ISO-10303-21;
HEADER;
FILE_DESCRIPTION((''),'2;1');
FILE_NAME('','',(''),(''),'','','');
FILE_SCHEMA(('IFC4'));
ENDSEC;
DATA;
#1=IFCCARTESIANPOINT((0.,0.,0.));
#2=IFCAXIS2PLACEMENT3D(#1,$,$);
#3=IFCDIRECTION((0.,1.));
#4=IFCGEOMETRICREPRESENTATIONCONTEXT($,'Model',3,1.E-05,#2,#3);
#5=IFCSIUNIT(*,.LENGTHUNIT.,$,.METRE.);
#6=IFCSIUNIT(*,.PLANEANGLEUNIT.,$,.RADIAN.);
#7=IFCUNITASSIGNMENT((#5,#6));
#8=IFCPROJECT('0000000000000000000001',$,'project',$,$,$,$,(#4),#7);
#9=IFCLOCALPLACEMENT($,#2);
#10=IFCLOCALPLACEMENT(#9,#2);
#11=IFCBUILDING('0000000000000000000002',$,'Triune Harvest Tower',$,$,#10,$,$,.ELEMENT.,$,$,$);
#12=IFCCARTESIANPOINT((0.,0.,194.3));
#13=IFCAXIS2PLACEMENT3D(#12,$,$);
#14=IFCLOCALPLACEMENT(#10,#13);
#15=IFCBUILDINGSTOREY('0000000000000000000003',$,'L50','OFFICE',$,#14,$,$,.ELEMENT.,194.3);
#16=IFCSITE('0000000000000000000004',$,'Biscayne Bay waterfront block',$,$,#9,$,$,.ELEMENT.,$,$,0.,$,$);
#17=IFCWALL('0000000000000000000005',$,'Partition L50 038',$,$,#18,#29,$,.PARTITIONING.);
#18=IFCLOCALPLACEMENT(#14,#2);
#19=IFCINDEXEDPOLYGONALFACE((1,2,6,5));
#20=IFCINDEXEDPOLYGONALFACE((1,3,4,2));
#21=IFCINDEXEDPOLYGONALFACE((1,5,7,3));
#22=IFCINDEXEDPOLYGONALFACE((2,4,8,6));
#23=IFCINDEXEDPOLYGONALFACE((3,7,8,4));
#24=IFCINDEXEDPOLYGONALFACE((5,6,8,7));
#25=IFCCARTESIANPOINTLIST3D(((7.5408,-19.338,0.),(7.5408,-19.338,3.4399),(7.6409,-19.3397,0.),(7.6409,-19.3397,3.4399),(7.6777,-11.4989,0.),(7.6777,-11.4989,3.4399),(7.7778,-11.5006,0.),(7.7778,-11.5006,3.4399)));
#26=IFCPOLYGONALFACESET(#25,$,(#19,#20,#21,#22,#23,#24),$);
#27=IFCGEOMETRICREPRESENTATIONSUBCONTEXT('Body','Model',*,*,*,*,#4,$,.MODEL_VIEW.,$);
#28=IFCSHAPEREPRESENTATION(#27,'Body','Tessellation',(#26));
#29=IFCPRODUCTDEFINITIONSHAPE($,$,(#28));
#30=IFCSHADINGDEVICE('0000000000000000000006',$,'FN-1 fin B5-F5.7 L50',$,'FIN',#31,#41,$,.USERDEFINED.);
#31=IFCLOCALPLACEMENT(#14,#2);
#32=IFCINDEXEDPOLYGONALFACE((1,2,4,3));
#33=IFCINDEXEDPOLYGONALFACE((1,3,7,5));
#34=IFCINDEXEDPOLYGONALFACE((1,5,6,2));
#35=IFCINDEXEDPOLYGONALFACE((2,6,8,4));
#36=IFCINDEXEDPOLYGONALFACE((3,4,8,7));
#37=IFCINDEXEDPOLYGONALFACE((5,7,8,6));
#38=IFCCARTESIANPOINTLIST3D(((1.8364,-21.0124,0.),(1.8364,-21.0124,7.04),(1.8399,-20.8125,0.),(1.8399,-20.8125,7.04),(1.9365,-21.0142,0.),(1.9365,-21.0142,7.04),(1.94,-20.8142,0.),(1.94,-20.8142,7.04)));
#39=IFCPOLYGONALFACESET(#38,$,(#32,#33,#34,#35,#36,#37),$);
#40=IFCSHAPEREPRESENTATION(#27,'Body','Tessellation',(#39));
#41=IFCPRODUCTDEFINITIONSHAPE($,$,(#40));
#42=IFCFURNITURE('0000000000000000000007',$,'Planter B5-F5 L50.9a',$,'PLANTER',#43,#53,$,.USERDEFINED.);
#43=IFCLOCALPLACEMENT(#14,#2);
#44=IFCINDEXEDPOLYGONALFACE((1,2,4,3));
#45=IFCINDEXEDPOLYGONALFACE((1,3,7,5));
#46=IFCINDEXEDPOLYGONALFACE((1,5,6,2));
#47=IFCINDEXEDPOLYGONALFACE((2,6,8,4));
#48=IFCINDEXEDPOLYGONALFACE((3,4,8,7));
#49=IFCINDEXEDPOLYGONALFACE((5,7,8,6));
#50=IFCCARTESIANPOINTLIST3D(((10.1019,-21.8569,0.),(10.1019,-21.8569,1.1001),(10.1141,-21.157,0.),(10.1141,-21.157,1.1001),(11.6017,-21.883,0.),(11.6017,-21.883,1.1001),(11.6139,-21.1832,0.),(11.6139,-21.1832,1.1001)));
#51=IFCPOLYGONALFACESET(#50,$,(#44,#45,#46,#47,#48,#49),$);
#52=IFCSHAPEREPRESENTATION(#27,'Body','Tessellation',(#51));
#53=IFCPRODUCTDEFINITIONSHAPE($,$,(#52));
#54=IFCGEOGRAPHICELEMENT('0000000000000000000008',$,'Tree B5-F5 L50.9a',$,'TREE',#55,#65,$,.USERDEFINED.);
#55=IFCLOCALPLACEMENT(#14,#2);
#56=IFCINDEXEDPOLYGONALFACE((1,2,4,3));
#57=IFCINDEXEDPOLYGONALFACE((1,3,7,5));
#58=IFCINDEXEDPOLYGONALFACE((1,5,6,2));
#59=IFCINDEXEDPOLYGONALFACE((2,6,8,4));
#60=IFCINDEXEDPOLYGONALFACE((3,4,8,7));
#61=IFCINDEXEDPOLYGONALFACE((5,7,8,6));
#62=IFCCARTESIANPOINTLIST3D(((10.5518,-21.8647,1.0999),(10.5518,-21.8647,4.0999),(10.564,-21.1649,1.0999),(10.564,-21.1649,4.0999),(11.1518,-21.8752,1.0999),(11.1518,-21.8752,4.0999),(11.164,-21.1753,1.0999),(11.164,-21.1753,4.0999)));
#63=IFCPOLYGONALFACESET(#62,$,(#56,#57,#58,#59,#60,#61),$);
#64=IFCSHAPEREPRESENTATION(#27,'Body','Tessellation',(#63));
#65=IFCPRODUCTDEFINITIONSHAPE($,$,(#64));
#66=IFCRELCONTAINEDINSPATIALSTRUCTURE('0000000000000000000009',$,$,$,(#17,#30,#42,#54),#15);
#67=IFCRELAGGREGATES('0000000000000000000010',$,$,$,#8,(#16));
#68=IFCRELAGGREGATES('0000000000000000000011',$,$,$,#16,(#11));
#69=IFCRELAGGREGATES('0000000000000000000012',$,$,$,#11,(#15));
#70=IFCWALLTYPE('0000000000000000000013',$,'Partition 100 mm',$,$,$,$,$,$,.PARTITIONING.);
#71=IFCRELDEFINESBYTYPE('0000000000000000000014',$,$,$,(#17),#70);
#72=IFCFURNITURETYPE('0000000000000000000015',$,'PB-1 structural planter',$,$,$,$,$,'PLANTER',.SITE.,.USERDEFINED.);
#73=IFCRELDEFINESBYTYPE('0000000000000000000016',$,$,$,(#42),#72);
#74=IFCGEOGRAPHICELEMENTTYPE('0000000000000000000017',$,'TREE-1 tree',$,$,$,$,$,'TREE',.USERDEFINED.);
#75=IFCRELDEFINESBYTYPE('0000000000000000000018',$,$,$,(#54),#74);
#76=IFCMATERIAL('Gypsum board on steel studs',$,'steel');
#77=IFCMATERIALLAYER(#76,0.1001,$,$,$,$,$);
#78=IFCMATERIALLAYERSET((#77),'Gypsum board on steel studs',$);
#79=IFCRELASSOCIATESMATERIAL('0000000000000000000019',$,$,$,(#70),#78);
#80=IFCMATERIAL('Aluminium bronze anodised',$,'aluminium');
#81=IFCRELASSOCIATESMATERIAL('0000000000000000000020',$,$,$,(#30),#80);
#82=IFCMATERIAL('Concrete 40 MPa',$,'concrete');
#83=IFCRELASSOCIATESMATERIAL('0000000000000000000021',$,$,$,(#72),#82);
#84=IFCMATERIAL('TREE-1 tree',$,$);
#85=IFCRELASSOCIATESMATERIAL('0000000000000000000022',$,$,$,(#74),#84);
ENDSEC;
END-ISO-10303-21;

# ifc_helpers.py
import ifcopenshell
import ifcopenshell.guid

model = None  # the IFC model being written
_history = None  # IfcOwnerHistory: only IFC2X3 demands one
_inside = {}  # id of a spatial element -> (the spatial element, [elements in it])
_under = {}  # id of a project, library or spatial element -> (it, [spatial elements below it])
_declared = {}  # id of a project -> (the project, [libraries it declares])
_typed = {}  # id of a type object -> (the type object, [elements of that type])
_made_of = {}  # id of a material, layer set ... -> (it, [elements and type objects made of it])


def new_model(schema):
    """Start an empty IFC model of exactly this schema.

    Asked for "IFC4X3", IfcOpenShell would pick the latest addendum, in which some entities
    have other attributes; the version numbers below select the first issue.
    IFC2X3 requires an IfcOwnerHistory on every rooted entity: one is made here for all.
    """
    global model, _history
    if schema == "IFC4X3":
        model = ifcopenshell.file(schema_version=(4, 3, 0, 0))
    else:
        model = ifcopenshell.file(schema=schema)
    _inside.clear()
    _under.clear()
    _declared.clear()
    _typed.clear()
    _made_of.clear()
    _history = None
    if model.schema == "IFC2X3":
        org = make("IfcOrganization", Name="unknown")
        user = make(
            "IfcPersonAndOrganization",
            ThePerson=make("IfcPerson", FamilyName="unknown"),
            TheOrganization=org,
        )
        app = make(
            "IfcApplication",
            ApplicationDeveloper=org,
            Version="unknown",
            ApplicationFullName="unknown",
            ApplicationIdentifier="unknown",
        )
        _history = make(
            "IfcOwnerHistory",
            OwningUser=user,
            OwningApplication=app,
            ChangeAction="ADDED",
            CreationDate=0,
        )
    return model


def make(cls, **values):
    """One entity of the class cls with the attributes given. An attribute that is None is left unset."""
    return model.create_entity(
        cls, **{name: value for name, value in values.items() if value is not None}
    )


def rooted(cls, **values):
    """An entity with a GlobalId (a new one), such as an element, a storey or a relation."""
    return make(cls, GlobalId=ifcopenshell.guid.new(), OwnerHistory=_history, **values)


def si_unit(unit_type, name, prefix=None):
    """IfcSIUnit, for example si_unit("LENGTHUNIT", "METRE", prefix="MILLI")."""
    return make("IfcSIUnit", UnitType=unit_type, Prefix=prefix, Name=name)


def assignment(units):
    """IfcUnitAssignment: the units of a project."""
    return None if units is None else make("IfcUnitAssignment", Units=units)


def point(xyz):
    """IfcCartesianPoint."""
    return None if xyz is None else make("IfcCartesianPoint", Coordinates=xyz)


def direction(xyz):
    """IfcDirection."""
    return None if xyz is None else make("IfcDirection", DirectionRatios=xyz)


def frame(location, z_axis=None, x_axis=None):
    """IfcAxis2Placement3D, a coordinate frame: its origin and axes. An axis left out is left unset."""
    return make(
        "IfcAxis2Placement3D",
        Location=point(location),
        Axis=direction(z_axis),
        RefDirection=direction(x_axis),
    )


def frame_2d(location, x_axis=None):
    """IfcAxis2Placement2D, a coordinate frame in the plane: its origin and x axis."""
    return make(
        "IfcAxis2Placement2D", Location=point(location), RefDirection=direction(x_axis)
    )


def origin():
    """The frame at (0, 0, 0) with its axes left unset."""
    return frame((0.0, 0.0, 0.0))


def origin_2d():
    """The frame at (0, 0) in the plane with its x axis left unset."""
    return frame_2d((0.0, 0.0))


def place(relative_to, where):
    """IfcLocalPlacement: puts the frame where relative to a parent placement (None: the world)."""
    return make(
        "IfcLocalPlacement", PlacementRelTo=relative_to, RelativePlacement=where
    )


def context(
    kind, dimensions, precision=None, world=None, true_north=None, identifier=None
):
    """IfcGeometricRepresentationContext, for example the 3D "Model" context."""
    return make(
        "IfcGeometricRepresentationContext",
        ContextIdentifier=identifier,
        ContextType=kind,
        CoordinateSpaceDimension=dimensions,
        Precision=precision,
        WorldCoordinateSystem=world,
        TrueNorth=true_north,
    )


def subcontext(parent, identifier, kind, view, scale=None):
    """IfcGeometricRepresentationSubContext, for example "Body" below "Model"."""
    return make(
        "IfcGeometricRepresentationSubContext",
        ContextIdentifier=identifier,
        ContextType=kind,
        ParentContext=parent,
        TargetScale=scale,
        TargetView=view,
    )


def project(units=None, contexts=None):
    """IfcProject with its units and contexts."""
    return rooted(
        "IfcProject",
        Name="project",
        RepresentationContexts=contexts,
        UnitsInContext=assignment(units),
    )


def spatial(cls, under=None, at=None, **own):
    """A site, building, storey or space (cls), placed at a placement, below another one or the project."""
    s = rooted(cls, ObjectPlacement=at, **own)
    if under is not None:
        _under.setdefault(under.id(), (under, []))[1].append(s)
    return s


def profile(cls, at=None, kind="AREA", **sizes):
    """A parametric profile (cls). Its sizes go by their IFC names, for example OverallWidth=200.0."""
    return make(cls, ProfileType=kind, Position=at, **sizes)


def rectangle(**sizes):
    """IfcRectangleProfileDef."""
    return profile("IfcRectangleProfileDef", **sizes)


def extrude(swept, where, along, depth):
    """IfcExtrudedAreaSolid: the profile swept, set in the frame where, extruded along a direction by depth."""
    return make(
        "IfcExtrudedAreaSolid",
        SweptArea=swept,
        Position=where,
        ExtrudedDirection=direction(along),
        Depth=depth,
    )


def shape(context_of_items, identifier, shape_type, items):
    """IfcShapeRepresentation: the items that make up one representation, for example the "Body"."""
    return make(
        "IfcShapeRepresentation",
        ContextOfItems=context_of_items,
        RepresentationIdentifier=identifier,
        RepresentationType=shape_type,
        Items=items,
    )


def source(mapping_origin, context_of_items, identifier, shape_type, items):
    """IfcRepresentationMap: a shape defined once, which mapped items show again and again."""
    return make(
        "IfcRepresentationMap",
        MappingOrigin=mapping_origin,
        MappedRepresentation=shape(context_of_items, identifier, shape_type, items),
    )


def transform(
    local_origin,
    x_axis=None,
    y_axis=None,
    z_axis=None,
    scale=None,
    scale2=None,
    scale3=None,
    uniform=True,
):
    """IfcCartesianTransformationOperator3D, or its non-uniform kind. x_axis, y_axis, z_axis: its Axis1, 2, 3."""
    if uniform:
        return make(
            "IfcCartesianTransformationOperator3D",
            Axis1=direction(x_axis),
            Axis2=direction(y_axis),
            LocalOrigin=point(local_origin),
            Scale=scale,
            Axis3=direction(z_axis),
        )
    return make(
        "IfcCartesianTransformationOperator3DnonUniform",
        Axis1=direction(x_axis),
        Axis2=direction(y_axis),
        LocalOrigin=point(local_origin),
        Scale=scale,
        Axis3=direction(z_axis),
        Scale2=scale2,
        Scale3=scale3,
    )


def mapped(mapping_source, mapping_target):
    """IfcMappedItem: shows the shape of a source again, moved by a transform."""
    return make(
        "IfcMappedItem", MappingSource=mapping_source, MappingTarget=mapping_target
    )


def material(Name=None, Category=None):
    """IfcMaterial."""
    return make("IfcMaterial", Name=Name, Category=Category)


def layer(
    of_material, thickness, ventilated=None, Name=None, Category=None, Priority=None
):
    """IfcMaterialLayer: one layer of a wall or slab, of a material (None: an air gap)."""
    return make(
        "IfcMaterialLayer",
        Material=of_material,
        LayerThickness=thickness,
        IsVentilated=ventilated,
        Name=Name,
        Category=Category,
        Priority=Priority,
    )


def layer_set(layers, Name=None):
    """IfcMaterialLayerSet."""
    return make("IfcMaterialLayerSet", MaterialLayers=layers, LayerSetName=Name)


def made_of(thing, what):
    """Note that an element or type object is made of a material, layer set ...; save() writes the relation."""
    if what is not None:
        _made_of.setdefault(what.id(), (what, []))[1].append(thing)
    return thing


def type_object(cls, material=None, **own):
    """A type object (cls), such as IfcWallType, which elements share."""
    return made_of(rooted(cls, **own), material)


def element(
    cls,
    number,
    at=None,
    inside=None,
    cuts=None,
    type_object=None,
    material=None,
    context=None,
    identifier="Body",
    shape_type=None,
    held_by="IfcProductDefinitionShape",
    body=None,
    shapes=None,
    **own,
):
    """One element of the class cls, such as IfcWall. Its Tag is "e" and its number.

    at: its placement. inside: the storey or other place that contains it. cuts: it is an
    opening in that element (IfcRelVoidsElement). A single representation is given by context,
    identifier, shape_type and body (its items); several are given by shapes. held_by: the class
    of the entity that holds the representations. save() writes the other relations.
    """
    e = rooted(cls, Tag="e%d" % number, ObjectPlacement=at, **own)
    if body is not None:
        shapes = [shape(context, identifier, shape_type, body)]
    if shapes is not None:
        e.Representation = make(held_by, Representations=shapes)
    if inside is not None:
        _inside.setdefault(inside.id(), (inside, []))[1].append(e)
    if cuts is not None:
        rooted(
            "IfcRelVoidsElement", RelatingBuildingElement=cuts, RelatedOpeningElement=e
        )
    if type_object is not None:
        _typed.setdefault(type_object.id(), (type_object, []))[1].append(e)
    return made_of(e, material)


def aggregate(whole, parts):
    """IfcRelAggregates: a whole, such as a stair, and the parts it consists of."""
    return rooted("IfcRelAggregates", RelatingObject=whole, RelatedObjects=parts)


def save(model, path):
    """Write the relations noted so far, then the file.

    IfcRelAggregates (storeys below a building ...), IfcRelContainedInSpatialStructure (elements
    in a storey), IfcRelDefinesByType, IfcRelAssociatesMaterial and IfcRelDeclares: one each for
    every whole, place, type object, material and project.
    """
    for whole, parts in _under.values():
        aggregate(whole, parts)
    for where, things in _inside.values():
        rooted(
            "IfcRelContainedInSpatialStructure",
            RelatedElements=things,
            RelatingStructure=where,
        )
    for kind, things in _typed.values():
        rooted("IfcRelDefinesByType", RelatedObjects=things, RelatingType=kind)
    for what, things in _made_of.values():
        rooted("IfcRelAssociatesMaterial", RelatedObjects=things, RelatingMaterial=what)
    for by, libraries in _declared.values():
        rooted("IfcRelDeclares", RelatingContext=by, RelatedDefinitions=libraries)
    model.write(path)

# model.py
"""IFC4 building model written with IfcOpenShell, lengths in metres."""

from ifc_helpers import new_model, si_unit, direction, frame, frame_2d, origin, origin_2d, place, context, subcontext, project, spatial, rectangle, extrude, source, transform, mapped, material, layer, layer_set, type_object, element, save


model = new_model("IFC4")

# Units and contexts
model_context = context("Model", 3, precision=1e-05, world=origin(), true_north=direction((0.0, 1.0)))
body_context = subcontext(model_context, "Body", "Model", "MODEL_VIEW")
ifc_project = project(units=[si_unit("LENGTHUNIT", "METRE"), si_unit("PLANEANGLEUNIT", "RADIAN")], contexts=[model_context])

# Site, building, storey
site_placement = place(None, origin())
site = spatial("IfcSite", under=ifc_project, at=site_placement, Name="Biscayne Bay waterfront block", CompositionType="ELEMENT", RefElevation=0.0)
building_placement = place(site_placement, origin())
building = spatial("IfcBuilding", under=site, at=building_placement, Name="Triune Harvest Tower", CompositionType="ELEMENT")
storey_placement = place(building_placement, frame((0.0, 0.0, 194.3)))
storey = spatial("IfcBuildingStorey", under=building, at=storey_placement, Name="L50", Description="OFFICE", CompositionType="ELEMENT", Elevation=194.3)

# Wall
ifc_material_1 = material(Name="Gypsum board on steel studs", Category="steel")
ifc_layer_1 = layer(ifc_material_1, 0.1001)
ifc_layer_set_1 = layer_set([ifc_layer_1], Name="Gypsum board on steel studs")
wall_type = type_object("IfcWallType", Name="Partition 100 mm", PredefinedType="PARTITIONING", material=ifc_layer_set_1)
shared_shape_1 = source(origin(), body_context, "Body", "SweptSolid", [
    extrude(rectangle(XDim=7.8403, YDim=0.1001, at=frame_2d((3.9202, 0.0))), origin(), (0.0, 0.0, 1.0), 3.4399),
])
wall_1_placement = place(storey_placement, frame((7.5908, -19.3389, 0.0), z_axis=(0.0, 0.0, 1.0), x_axis=(0.017469, 0.999847, 0.0)))
element("IfcWall", 1, at=wall_1_placement, inside=storey, type_object=wall_type, Name="Partition L50 038", PredefinedType="PARTITIONING", context=body_context, shape_type="MappedRepresentation", body=[
    mapped(shared_shape_1, transform((0.0, 0.0, 0.0), scale=1.0)),
])

# Shading device
ifc_material_2 = material(Name="Aluminium bronze anodised", Category="aluminium")
shared_shape_2 = source(origin(), body_context, "Body", "SweptSolid", [
    extrude(rectangle(XDim=0.1001, YDim=0.2, at=origin_2d()), origin(), (0.0, 0.0, 1.0), 7.04),
])
shading_device_placement = place(storey_placement, frame((1.8882, -20.9133, 0.0), z_axis=(0.0, 0.0, 1.0), x_axis=(0.999848, -0.017452, 0.0)))
element("IfcShadingDevice", 2, at=shading_device_placement, inside=storey, material=ifc_material_2, Name="FN-1 fin B5-F5.7 L50", ObjectType="FIN", PredefinedType="USERDEFINED", context=body_context, shape_type="MappedRepresentation", body=[
    mapped(shared_shape_2, transform((0.0, 0.0, 0.0), scale=1.0)),
])

# Furniture
ifc_material_3 = material(Name="Concrete 40 MPa", Category="concrete")
furniture_type = type_object("IfcFurnitureType", Name="PB-1 structural planter", ElementType="PLANTER", AssemblyPlace="SITE", PredefinedType="USERDEFINED", material=ifc_material_3)
shared_shape_3 = source(origin(), body_context, "Body", "SweptSolid", [
    extrude(rectangle(XDim=1.5, YDim=0.7, at=origin_2d()), origin(), (0.0, 0.0, 1.0), 1.1001),
])
furniture_placement = place(storey_placement, frame((10.8579, -21.52, 0.0), z_axis=(0.0, 0.0, 1.0), x_axis=(0.999848, -0.017452, 0.0)))
element("IfcFurniture", 3, at=furniture_placement, inside=storey, type_object=furniture_type, Name="Planter B5-F5 L50.9a", ObjectType="PLANTER", PredefinedType="USERDEFINED", context=body_context, shape_type="MappedRepresentation", body=[
    mapped(shared_shape_3, transform((0.0, 0.0, 0.0), scale=1.0)),
])

# Geographic element
ifc_material_4 = material(Name="TREE-1 tree")
geographic_element_type = type_object("IfcGeographicElementType", Name="TREE-1 tree", ElementType="TREE", PredefinedType="USERDEFINED", material=ifc_material_4)
shared_shape_4 = source(origin(), body_context, "Body", "SweptSolid", [
    extrude(rectangle(XDim=0.6001, YDim=0.7, at=origin_2d()), origin(), (0.0, 0.0, 1.0), 3.0),
])
geographic_element_placement = place(storey_placement, frame((10.8579, -21.52, 1.0999), z_axis=(0.0, 0.0, 1.0), x_axis=(0.999848, -0.017452, 0.0)))
element("IfcGeographicElement", 4, at=geographic_element_placement, inside=storey, type_object=geographic_element_type, Name="Tree B5-F5 L50.9a", ObjectType="TREE", PredefinedType="USERDEFINED", context=body_context, shape_type="MappedRepresentation", body=[
    mapped(shared_shape_4, transform((0.0, 0.0, 0.0), scale=1.0)),
])

save(model, "model.ifc")
